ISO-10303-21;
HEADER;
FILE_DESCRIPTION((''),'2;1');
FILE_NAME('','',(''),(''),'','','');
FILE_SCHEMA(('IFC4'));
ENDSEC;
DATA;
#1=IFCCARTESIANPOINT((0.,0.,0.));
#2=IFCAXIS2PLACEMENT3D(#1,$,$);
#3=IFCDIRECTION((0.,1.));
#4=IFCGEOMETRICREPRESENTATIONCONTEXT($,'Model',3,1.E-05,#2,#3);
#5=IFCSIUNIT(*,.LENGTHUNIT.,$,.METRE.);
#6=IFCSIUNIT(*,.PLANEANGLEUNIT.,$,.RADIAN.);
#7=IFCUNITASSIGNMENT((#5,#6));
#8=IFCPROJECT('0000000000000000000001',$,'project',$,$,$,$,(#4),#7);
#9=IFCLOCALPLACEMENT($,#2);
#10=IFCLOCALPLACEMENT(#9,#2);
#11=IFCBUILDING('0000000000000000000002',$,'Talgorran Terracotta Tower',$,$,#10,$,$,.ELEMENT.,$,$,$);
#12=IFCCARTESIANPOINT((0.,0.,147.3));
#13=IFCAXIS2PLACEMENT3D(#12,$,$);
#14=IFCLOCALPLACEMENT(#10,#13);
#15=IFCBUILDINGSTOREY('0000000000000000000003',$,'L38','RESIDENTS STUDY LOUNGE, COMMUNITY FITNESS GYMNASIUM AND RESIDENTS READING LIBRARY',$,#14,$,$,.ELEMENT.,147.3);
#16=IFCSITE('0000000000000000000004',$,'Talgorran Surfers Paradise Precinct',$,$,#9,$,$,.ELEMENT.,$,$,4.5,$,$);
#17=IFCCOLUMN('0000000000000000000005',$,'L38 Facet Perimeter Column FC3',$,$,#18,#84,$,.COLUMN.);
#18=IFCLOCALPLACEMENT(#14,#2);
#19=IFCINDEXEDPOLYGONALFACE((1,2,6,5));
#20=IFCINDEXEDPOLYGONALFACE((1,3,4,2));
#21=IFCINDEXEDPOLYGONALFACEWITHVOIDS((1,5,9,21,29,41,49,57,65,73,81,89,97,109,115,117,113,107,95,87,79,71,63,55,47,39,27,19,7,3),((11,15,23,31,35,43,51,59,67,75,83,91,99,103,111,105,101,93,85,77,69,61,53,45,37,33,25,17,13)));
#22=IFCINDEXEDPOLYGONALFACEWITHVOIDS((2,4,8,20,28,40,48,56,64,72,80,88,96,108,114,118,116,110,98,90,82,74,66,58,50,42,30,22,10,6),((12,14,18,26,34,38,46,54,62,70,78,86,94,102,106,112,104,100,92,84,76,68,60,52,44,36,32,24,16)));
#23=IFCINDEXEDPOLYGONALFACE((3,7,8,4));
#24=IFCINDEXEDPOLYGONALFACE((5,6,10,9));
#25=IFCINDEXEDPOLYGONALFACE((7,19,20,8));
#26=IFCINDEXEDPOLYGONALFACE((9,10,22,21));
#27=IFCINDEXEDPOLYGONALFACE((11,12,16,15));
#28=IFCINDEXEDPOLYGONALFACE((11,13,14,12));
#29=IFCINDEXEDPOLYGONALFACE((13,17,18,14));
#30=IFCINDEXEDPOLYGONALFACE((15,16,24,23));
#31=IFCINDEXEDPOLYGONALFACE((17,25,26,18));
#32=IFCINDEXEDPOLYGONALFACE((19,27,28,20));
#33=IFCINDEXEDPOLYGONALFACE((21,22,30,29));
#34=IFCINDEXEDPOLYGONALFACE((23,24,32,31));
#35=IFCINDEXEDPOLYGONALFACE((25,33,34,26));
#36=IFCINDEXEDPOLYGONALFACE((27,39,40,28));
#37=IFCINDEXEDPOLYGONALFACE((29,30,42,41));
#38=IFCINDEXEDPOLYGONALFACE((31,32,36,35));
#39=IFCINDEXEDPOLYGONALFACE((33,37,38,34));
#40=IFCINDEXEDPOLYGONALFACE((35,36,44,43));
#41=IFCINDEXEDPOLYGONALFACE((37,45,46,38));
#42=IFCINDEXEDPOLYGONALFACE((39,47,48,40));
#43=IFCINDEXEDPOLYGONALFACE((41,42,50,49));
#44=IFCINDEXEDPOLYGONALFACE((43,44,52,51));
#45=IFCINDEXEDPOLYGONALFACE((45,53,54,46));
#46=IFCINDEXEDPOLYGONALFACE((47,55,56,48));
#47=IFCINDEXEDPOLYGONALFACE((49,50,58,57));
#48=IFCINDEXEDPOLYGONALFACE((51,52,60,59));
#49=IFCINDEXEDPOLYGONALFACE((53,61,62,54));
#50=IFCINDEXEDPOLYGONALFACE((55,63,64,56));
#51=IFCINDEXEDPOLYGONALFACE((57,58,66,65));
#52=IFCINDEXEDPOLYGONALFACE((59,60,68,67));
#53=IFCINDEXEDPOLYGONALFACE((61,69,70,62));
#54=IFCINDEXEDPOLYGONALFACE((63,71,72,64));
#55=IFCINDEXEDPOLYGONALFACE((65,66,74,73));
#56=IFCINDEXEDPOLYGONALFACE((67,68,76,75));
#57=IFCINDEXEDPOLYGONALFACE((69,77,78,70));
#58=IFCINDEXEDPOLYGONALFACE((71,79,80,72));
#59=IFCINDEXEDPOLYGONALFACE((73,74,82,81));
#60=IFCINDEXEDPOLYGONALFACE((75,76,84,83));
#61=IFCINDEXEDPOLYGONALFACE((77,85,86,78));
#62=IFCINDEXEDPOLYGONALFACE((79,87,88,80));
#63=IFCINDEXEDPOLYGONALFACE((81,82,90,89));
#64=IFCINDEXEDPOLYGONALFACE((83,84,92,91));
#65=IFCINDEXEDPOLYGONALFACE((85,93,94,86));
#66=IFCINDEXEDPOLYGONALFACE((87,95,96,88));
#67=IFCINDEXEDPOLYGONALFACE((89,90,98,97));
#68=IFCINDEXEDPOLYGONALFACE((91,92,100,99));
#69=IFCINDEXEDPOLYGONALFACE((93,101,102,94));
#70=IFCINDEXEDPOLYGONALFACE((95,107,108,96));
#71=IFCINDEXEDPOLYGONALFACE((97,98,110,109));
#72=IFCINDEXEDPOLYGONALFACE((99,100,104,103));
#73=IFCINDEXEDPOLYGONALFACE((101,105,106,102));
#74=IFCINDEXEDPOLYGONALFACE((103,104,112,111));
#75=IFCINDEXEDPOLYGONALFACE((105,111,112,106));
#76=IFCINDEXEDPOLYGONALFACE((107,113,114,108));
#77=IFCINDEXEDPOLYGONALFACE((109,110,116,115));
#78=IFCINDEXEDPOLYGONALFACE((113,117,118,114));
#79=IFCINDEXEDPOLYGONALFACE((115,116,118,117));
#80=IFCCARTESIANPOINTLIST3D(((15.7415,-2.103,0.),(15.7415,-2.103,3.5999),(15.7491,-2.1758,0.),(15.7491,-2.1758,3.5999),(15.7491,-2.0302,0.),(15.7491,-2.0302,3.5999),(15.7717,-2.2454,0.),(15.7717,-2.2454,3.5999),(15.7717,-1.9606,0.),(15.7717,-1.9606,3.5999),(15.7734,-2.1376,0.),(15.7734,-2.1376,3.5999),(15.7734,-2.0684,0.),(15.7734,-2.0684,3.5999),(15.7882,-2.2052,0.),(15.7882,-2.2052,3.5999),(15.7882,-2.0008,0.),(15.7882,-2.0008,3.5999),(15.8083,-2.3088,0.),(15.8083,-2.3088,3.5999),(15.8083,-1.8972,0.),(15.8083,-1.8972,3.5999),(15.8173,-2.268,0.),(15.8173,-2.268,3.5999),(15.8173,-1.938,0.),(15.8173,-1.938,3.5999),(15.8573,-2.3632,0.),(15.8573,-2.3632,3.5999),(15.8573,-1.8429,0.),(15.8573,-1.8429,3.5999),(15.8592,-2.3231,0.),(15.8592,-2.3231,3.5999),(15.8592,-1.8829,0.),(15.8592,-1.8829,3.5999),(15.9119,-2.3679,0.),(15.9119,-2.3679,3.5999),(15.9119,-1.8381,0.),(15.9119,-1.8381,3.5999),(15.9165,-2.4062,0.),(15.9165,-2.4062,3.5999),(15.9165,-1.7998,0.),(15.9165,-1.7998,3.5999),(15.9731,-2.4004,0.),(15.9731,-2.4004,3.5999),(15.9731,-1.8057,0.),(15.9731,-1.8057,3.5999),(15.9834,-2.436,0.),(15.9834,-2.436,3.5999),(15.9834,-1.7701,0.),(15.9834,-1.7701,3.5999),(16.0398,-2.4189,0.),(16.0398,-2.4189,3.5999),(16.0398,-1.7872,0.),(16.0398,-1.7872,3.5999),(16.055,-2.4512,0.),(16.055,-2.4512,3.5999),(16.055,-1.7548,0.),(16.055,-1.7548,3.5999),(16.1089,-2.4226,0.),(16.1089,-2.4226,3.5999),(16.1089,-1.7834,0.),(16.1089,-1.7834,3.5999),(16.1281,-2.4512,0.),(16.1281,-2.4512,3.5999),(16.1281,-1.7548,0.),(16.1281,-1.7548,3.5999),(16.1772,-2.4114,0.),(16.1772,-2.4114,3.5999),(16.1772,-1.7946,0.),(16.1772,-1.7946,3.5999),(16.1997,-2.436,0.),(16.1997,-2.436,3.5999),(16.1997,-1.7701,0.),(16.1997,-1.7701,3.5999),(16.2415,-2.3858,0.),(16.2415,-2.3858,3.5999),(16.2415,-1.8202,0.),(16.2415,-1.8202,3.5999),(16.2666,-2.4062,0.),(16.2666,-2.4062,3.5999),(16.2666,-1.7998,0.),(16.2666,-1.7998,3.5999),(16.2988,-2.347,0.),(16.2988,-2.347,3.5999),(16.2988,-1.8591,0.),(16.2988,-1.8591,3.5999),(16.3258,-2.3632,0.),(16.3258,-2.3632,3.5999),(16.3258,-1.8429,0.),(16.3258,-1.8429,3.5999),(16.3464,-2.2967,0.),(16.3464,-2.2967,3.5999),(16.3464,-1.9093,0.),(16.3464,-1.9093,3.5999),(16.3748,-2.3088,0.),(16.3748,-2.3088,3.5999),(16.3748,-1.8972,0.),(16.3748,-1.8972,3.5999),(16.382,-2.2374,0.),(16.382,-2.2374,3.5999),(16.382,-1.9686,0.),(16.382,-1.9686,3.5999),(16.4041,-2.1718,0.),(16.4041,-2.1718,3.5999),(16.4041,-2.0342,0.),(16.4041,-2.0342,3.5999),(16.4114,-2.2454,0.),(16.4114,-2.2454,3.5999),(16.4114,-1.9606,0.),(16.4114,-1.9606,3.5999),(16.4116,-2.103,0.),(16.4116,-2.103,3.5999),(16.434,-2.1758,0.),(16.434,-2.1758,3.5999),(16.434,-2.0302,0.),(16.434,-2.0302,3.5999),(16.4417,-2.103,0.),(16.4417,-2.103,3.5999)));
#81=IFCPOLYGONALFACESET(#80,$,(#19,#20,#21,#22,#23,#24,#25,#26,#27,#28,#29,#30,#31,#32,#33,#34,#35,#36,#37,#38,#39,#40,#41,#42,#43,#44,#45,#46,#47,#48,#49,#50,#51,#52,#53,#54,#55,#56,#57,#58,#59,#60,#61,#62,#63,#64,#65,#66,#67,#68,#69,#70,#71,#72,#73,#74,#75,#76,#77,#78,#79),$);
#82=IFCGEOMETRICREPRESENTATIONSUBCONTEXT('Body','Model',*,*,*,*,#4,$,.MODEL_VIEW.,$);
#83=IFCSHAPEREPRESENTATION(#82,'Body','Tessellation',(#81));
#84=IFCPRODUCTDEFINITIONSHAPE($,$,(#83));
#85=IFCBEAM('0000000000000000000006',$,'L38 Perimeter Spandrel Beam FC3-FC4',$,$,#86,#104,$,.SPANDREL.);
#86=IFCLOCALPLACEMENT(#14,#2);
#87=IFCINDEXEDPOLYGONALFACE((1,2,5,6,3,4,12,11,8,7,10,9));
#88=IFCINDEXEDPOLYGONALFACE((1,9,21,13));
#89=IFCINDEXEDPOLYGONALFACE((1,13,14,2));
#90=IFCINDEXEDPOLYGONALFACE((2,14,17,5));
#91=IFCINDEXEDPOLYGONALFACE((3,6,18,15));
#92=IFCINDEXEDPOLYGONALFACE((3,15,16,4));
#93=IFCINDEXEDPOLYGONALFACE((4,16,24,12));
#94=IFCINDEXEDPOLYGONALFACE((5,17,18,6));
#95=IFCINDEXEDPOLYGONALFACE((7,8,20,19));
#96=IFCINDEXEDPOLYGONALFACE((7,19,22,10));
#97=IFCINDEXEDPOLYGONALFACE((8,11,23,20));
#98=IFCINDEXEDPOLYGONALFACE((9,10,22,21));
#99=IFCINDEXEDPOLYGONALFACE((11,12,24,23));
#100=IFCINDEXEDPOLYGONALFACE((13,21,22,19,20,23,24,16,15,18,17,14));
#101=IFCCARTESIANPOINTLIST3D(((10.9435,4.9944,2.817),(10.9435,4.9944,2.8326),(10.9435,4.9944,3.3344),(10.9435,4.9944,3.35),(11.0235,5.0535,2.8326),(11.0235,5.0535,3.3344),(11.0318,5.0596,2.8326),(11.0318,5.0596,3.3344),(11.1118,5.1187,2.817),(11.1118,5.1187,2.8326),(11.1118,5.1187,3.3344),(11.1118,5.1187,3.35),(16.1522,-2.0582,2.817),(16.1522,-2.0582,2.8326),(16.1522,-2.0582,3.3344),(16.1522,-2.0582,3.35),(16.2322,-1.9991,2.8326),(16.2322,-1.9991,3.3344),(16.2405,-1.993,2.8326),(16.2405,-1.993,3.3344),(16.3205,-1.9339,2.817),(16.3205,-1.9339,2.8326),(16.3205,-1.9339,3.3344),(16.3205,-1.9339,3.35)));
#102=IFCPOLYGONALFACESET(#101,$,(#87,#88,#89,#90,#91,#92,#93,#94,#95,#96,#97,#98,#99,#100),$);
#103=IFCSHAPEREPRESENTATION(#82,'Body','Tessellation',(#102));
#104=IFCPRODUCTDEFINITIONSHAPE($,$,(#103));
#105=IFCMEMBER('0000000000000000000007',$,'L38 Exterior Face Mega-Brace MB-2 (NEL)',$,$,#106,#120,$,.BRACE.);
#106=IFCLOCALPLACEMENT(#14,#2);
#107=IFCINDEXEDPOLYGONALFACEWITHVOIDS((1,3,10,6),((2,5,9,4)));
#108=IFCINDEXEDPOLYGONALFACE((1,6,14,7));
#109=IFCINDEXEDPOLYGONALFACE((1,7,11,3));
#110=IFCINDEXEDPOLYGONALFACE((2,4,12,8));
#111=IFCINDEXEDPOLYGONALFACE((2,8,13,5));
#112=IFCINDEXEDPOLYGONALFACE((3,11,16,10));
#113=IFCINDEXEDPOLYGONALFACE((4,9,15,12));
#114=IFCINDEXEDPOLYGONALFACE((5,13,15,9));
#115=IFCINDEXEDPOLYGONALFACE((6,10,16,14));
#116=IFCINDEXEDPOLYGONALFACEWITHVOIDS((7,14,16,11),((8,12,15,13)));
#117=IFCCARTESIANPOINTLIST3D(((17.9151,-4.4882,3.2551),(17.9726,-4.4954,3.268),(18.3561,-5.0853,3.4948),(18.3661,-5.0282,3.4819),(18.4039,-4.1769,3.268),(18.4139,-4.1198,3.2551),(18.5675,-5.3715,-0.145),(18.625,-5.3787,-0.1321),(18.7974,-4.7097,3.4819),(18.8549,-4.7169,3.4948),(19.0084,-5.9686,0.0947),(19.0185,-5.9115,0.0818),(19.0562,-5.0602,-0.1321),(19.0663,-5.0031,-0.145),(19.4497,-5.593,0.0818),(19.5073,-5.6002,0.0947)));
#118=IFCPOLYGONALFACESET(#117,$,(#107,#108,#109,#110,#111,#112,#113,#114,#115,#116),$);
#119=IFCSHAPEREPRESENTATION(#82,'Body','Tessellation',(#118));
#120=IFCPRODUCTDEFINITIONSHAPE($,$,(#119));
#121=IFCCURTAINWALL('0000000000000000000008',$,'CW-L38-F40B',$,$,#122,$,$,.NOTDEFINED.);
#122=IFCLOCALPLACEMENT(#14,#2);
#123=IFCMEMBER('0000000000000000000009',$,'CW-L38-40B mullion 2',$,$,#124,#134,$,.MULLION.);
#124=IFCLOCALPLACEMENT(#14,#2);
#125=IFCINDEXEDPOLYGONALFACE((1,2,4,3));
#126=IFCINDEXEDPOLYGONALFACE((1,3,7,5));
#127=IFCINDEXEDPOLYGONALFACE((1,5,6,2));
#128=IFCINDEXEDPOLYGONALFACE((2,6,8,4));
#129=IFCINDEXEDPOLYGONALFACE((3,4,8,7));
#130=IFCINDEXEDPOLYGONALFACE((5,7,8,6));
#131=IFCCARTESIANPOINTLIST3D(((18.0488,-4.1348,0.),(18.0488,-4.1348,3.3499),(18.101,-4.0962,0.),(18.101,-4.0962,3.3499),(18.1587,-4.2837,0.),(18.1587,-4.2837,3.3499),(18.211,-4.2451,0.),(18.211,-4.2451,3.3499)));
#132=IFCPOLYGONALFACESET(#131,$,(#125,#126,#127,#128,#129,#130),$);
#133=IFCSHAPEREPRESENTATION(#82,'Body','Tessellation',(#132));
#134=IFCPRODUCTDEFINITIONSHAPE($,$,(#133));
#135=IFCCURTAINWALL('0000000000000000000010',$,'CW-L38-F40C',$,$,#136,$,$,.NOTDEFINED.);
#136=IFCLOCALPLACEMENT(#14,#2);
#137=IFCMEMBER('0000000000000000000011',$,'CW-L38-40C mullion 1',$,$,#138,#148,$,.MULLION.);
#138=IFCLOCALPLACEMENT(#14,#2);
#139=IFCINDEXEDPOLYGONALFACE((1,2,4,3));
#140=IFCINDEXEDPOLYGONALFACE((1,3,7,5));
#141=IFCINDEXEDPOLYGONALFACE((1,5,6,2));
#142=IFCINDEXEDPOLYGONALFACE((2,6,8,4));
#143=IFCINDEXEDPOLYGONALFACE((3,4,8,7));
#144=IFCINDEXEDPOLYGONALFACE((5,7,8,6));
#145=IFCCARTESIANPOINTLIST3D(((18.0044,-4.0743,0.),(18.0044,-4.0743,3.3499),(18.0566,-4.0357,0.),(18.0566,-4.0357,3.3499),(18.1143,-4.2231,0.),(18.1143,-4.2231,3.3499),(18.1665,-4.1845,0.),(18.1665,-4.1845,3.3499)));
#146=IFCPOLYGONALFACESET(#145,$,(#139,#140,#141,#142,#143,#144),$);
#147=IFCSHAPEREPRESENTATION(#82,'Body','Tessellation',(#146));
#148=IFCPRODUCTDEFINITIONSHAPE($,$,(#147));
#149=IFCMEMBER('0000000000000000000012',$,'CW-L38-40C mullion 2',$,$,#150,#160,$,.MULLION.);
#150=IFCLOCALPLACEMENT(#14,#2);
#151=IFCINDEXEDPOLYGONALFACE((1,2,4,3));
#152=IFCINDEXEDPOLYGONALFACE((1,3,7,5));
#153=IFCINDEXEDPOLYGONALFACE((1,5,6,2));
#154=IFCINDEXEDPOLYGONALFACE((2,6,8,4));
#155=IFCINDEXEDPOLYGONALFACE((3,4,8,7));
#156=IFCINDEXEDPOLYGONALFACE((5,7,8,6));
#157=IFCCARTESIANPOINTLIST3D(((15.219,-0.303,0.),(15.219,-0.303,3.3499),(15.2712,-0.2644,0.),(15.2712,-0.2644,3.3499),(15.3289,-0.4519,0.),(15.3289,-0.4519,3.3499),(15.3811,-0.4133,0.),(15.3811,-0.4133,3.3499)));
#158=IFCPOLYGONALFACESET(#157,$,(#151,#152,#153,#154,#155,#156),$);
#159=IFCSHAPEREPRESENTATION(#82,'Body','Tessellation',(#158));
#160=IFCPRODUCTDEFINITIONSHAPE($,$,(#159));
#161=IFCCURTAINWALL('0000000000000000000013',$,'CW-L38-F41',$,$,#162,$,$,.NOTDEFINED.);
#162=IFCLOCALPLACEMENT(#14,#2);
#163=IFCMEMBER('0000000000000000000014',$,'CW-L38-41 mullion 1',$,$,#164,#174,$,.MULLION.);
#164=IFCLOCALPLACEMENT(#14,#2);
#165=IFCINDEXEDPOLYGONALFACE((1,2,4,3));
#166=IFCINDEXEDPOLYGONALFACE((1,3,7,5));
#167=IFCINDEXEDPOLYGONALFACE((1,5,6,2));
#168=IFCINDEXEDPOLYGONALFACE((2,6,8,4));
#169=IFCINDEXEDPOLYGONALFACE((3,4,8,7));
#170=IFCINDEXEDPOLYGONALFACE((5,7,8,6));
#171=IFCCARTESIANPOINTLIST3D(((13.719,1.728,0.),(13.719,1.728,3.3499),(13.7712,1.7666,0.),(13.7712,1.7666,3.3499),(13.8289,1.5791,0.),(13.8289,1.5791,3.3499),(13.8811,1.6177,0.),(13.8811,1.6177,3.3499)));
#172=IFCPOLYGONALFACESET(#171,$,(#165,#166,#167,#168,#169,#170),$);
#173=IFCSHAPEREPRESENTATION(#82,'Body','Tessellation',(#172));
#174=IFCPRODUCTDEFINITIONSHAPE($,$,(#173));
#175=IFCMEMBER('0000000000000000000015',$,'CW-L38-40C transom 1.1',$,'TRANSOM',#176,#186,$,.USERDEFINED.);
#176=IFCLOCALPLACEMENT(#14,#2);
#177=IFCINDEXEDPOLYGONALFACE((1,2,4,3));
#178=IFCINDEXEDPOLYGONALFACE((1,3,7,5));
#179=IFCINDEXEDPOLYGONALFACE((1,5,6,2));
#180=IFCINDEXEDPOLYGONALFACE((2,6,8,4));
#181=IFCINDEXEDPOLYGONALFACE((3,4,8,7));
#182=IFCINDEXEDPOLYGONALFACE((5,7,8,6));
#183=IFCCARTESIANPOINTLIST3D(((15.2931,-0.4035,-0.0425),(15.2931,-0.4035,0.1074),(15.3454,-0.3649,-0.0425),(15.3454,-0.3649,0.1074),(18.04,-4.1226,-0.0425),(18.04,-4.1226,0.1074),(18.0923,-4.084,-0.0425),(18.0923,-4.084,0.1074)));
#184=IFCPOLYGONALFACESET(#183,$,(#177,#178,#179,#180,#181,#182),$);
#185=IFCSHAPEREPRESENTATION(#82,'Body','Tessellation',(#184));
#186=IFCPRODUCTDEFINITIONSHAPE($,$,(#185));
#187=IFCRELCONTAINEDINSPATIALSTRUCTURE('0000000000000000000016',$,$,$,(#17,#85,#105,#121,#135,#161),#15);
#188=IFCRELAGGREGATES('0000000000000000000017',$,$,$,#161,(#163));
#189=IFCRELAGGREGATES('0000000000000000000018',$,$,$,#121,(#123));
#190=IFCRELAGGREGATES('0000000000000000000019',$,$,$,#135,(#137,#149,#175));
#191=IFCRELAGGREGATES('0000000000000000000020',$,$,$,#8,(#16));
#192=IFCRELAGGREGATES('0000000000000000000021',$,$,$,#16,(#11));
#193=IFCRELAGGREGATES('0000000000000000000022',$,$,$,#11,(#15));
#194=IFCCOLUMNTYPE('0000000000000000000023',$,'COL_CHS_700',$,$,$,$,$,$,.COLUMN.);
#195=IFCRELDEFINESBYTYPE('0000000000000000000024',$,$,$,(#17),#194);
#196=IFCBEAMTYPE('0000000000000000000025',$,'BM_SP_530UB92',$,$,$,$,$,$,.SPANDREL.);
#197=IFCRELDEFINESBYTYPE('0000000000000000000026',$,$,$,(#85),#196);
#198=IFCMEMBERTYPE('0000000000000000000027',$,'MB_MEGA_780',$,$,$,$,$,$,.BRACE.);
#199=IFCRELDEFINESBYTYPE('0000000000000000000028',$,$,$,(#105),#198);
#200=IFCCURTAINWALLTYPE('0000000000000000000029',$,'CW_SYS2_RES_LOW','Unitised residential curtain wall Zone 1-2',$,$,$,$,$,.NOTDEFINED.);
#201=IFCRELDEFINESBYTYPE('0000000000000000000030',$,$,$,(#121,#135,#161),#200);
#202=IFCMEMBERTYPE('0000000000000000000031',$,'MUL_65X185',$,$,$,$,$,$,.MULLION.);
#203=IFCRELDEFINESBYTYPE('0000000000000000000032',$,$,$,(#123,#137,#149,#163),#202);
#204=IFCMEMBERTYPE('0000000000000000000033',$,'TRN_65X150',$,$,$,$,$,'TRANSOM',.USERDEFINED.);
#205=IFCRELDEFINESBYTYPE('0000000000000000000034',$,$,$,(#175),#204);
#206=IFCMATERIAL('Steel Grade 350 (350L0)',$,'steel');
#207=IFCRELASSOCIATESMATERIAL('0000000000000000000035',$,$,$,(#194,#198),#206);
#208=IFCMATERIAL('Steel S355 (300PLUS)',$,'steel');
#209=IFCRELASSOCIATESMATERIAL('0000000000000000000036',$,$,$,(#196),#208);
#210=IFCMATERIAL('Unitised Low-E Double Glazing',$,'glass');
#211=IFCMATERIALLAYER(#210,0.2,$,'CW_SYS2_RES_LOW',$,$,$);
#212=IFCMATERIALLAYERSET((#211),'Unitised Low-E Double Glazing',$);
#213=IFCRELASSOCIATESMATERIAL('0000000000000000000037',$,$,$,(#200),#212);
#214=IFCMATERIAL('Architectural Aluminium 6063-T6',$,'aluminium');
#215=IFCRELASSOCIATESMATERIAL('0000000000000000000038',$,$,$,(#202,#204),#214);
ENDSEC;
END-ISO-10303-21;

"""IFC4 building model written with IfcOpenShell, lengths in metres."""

from ifc_helpers import new_model, si_unit, direction, frame, origin, origin_2d, place, context, subcontext, project, spatial, rectangle, hollow_rectangle, hollow_circle, i_section, extrude, material, layer, layer_set, material_profile, profile_set, type_object, element, aggregate, save


model = new_model("IFC4")

# Units and contexts
model_context = context("Model", 3, precision=1e-05, world=origin(), true_north=direction((0.0, 1.0)))
body_context = subcontext(model_context, "Body", "Model", "MODEL_VIEW")
ifc_project = project(units=[si_unit("LENGTHUNIT", "METRE"), si_unit("PLANEANGLEUNIT", "RADIAN")], contexts=[model_context])

# Site, building, storey
site_placement = place(None, origin())
site = spatial("IfcSite", under=ifc_project, at=site_placement, Name="Talgorran Surfers Paradise Precinct", CompositionType="ELEMENT", RefElevation=4.5)
building_placement = place(site_placement, origin())
building = spatial("IfcBuilding", under=site, at=building_placement, Name="Talgorran Terracotta Tower", CompositionType="ELEMENT")
storey_placement = place(building_placement, frame((0.0, 0.0, 147.3)))
storey = spatial("IfcBuildingStorey", under=building, at=storey_placement, Name="L38", Description="RESIDENTS STUDY LOUNGE, COMMUNITY FITNESS GYMNASIUM AND RESIDENTS READING LIBRARY", CompositionType="ELEMENT", Elevation=147.3)

# Column
ifc_material_1 = material(Name="Steel Grade 350 (350L0)", Category="steel")
ifc_material_profile_1 = material_profile(ifc_material_1, hollow_circle(Radius=0.3501, WallThickness=0.03, at=origin_2d()), Name="CHS700X30")
ifc_profile_set_1 = profile_set([ifc_material_profile_1], Name="Steel Grade 350 (350L0)")
column_type = type_object("IfcColumnType", Name="COL_CHS_700", PredefinedType="COLUMN", material=ifc_profile_set_1)
column_placement = place(storey_placement, frame((16.0916, -2.103, 0.0), z_axis=(0.0, 0.0, 1.0), x_axis=(1.0, 0.0, 0.0)))
element("IfcColumn", 1, at=column_placement, inside=storey, type_object=column_type, Name="L38 Facet Perimeter Column FC3", PredefinedType="COLUMN", context=body_context, shape_type="SweptSolid", body=[
    extrude(hollow_circle(Radius=0.3501, WallThickness=0.03, at=origin_2d()), origin(), (0.0, 0.0, 1.0), 3.5999),
])

# Beam
ifc_material_2 = material(Name="Steel S355 (300PLUS)", Category="steel")
ifc_material_profile_2 = material_profile(ifc_material_2, i_section(OverallWidth=0.2092, OverallDepth=0.533, WebThickness=0.0103, FlangeThickness=0.0156, at=origin_2d()), Name="530UB92.4")
ifc_profile_set_2 = profile_set([ifc_material_profile_2], Name="Steel S355 (300PLUS)")
beam_type = type_object("IfcBeamType", Name="BM_SP_530UB92", PredefinedType="SPANDREL", material=ifc_profile_set_2)
beam_placement = place(storey_placement, frame((16.2363, -1.9961, 3.0835), z_axis=(-0.594085, 0.804402, 0.0), x_axis=(-0.804402, -0.594085, 0.0)))
element("IfcBeam", 2, at=beam_placement, inside=storey, type_object=beam_type, Name="L38 Perimeter Spandrel Beam FC3-FC4", PredefinedType="SPANDREL", context=body_context, shape_type="SweptSolid", body=[
    extrude(i_section(OverallWidth=0.2092, OverallDepth=0.533, WebThickness=0.0103, FlangeThickness=0.0156, at=origin_2d()), origin(), (0.0, 0.0, 1.0), 8.7676),
])

# Member
ifc_material_profile_3 = material_profile(ifc_material_1, hollow_rectangle(XDim=0.6201, YDim=0.78, WallThickness=0.042, at=origin_2d()), Name="WBOX780X620X42")
ifc_profile_set_3 = profile_set([ifc_material_profile_3], Name="Steel Grade 350 (350L0)")
member_type_1 = type_object("IfcMemberType", Name="MB_MEGA_780", PredefinedType="BRACE", material=ifc_profile_set_3)
member_1_placement = place(storey_placement, frame((19.0374, -5.4858, -0.0251), z_axis=(-0.182573, 0.247211, 0.951606), x_axis=(-0.804407, -0.594078, 0.0)))
element("IfcMember", 3, at=member_1_placement, inside=storey, type_object=member_type_1, Name="L38 Exterior Face Mega-Brace MB-2 (NEL)", PredefinedType="BRACE", context=body_context, shape_type="SweptSolid", body=[
    extrude(hollow_rectangle(XDim=0.6201, YDim=0.78, WallThickness=0.042, at=origin_2d()), origin(), (0.0, 0.0, 1.0), 3.573),
])

# Curtain wall, member
ifc_material_3 = material(Name="Unitised Low-E Double Glazing", Category="glass")
ifc_layer_1 = layer(ifc_material_3, 0.2, Name="CW_SYS2_RES_LOW")
ifc_layer_set_1 = layer_set([ifc_layer_1], Name="Unitised Low-E Double Glazing")
curtain_wall_type = type_object("IfcCurtainWallType", Name="CW_SYS2_RES_LOW", Description="Unitised residential curtain wall Zone 1-2", PredefinedType="NOTDEFINED", material=ifc_layer_set_1)
curtain_wall_1_placement = place(storey_placement, origin())
curtain_wall_1 = element("IfcCurtainWall", 4, at=curtain_wall_1_placement, inside=storey, type_object=curtain_wall_type, Name="CW-L38-F40B", PredefinedType="NOTDEFINED")
ifc_material_4 = material(Name="Architectural Aluminium 6063-T6", Category="aluminium")
ifc_material_profile_4 = material_profile(ifc_material_4, rectangle(XDim=0.0649, YDim=0.1851, at=origin_2d()), Name="CWM65X185")
ifc_profile_set_4 = profile_set([ifc_material_profile_4], Name="Architectural Aluminium 6063-T6")
member_type_2 = type_object("IfcMemberType", Name="MUL_65X185", PredefinedType="MULLION", material=ifc_profile_set_4)
member_2_placement = place(storey_placement, frame((18.1299, -4.1899, 0.0), z_axis=(0.0, 0.0, 1.0), x_axis=(-0.8044, -0.594087, 0.0)))
member_2 = element("IfcMember", 5, at=member_2_placement, type_object=member_type_2, Name="CW-L38-40B mullion 2", PredefinedType="MULLION", context=body_context, shape_type="SweptSolid", body=[
    extrude(rectangle(XDim=0.0649, YDim=0.1851, at=origin_2d()), origin(), (0.0, 0.0, 1.0), 3.3499),
])

# Curtain wall, members
curtain_wall_2_placement = place(storey_placement, origin())
curtain_wall_2 = element("IfcCurtainWall", 6, at=curtain_wall_2_placement, inside=storey, type_object=curtain_wall_type, Name="CW-L38-F40C", PredefinedType="NOTDEFINED")
member_3_placement = place(storey_placement, frame((18.0854, -4.1294, 0.0), z_axis=(0.0, 0.0, 1.0), x_axis=(-0.804401, -0.594086, 0.0)))
member_3 = element("IfcMember", 7, at=member_3_placement, type_object=member_type_2, Name="CW-L38-40C mullion 1", PredefinedType="MULLION", context=body_context, shape_type="SweptSolid", body=[
    extrude(rectangle(XDim=0.0649, YDim=0.1851, at=origin_2d()), origin(), (0.0, 0.0, 1.0), 3.3499),
])
member_4_placement = place(storey_placement, frame((15.3, -0.3582, 0.0), z_axis=(0.0, 0.0, 1.0), x_axis=(-0.804401, -0.594086, 0.0)))
member_4 = element("IfcMember", 8, at=member_4_placement, type_object=member_type_2, Name="CW-L38-40C mullion 2", PredefinedType="MULLION", context=body_context, shape_type="SweptSolid", body=[
    extrude(rectangle(XDim=0.0649, YDim=0.1851, at=origin_2d()), origin(), (0.0, 0.0, 1.0), 3.3499),
])

# Curtain wall, member
curtain_wall_3_placement = place(storey_placement, origin())
curtain_wall_3 = element("IfcCurtainWall", 9, at=curtain_wall_3_placement, inside=storey, type_object=curtain_wall_type, Name="CW-L38-F41", PredefinedType="NOTDEFINED")
member_5_placement = place(storey_placement, frame((13.8, 1.6729, 0.0), z_axis=(0.0, 0.0, 1.0), x_axis=(-0.80441, -0.594074, 0.0)))
member_5 = element("IfcMember", 10, at=member_5_placement, type_object=member_type_2, Name="CW-L38-41 mullion 1", PredefinedType="MULLION", context=body_context, shape_type="SweptSolid", body=[
    extrude(rectangle(XDim=0.0649, YDim=0.1851, at=origin_2d()), origin(), (0.0, 0.0, 1.0), 3.3499),
])

# Member
ifc_material_profile_5 = material_profile(ifc_material_4, rectangle(XDim=0.0649, YDim=0.1499, at=origin_2d()), Name="CWT65X150")
ifc_profile_set_5 = profile_set([ifc_material_profile_5], Name="Architectural Aluminium 6063-T6")
member_type_3 = type_object("IfcMemberType", Name="TRN_65X150", ElementType="TRANSOM", PredefinedType="USERDEFINED", material=ifc_profile_set_5)
member_6_placement = place(storey_placement, frame((18.0662, -4.1033, 0.0325), z_axis=(-0.594112, 0.804382, 0.0), x_axis=(-0.804382, -0.594112, 0.0)))
member_6 = element("IfcMember", 11, at=member_6_placement, type_object=member_type_3, Name="CW-L38-40C transom 1.1", ObjectType="TRANSOM", PredefinedType="USERDEFINED", context=body_context, shape_type="SweptSolid", body=[
    extrude(rectangle(XDim=0.0649, YDim=0.1499, at=origin_2d()), origin(), (0.0, 0.0, 1.0), 4.6235),
])
aggregate(curtain_wall_3, [member_5])

aggregate(curtain_wall_1, [member_2])
aggregate(curtain_wall_2, [member_3, member_4, member_6])

save(model, "model.ifc")
